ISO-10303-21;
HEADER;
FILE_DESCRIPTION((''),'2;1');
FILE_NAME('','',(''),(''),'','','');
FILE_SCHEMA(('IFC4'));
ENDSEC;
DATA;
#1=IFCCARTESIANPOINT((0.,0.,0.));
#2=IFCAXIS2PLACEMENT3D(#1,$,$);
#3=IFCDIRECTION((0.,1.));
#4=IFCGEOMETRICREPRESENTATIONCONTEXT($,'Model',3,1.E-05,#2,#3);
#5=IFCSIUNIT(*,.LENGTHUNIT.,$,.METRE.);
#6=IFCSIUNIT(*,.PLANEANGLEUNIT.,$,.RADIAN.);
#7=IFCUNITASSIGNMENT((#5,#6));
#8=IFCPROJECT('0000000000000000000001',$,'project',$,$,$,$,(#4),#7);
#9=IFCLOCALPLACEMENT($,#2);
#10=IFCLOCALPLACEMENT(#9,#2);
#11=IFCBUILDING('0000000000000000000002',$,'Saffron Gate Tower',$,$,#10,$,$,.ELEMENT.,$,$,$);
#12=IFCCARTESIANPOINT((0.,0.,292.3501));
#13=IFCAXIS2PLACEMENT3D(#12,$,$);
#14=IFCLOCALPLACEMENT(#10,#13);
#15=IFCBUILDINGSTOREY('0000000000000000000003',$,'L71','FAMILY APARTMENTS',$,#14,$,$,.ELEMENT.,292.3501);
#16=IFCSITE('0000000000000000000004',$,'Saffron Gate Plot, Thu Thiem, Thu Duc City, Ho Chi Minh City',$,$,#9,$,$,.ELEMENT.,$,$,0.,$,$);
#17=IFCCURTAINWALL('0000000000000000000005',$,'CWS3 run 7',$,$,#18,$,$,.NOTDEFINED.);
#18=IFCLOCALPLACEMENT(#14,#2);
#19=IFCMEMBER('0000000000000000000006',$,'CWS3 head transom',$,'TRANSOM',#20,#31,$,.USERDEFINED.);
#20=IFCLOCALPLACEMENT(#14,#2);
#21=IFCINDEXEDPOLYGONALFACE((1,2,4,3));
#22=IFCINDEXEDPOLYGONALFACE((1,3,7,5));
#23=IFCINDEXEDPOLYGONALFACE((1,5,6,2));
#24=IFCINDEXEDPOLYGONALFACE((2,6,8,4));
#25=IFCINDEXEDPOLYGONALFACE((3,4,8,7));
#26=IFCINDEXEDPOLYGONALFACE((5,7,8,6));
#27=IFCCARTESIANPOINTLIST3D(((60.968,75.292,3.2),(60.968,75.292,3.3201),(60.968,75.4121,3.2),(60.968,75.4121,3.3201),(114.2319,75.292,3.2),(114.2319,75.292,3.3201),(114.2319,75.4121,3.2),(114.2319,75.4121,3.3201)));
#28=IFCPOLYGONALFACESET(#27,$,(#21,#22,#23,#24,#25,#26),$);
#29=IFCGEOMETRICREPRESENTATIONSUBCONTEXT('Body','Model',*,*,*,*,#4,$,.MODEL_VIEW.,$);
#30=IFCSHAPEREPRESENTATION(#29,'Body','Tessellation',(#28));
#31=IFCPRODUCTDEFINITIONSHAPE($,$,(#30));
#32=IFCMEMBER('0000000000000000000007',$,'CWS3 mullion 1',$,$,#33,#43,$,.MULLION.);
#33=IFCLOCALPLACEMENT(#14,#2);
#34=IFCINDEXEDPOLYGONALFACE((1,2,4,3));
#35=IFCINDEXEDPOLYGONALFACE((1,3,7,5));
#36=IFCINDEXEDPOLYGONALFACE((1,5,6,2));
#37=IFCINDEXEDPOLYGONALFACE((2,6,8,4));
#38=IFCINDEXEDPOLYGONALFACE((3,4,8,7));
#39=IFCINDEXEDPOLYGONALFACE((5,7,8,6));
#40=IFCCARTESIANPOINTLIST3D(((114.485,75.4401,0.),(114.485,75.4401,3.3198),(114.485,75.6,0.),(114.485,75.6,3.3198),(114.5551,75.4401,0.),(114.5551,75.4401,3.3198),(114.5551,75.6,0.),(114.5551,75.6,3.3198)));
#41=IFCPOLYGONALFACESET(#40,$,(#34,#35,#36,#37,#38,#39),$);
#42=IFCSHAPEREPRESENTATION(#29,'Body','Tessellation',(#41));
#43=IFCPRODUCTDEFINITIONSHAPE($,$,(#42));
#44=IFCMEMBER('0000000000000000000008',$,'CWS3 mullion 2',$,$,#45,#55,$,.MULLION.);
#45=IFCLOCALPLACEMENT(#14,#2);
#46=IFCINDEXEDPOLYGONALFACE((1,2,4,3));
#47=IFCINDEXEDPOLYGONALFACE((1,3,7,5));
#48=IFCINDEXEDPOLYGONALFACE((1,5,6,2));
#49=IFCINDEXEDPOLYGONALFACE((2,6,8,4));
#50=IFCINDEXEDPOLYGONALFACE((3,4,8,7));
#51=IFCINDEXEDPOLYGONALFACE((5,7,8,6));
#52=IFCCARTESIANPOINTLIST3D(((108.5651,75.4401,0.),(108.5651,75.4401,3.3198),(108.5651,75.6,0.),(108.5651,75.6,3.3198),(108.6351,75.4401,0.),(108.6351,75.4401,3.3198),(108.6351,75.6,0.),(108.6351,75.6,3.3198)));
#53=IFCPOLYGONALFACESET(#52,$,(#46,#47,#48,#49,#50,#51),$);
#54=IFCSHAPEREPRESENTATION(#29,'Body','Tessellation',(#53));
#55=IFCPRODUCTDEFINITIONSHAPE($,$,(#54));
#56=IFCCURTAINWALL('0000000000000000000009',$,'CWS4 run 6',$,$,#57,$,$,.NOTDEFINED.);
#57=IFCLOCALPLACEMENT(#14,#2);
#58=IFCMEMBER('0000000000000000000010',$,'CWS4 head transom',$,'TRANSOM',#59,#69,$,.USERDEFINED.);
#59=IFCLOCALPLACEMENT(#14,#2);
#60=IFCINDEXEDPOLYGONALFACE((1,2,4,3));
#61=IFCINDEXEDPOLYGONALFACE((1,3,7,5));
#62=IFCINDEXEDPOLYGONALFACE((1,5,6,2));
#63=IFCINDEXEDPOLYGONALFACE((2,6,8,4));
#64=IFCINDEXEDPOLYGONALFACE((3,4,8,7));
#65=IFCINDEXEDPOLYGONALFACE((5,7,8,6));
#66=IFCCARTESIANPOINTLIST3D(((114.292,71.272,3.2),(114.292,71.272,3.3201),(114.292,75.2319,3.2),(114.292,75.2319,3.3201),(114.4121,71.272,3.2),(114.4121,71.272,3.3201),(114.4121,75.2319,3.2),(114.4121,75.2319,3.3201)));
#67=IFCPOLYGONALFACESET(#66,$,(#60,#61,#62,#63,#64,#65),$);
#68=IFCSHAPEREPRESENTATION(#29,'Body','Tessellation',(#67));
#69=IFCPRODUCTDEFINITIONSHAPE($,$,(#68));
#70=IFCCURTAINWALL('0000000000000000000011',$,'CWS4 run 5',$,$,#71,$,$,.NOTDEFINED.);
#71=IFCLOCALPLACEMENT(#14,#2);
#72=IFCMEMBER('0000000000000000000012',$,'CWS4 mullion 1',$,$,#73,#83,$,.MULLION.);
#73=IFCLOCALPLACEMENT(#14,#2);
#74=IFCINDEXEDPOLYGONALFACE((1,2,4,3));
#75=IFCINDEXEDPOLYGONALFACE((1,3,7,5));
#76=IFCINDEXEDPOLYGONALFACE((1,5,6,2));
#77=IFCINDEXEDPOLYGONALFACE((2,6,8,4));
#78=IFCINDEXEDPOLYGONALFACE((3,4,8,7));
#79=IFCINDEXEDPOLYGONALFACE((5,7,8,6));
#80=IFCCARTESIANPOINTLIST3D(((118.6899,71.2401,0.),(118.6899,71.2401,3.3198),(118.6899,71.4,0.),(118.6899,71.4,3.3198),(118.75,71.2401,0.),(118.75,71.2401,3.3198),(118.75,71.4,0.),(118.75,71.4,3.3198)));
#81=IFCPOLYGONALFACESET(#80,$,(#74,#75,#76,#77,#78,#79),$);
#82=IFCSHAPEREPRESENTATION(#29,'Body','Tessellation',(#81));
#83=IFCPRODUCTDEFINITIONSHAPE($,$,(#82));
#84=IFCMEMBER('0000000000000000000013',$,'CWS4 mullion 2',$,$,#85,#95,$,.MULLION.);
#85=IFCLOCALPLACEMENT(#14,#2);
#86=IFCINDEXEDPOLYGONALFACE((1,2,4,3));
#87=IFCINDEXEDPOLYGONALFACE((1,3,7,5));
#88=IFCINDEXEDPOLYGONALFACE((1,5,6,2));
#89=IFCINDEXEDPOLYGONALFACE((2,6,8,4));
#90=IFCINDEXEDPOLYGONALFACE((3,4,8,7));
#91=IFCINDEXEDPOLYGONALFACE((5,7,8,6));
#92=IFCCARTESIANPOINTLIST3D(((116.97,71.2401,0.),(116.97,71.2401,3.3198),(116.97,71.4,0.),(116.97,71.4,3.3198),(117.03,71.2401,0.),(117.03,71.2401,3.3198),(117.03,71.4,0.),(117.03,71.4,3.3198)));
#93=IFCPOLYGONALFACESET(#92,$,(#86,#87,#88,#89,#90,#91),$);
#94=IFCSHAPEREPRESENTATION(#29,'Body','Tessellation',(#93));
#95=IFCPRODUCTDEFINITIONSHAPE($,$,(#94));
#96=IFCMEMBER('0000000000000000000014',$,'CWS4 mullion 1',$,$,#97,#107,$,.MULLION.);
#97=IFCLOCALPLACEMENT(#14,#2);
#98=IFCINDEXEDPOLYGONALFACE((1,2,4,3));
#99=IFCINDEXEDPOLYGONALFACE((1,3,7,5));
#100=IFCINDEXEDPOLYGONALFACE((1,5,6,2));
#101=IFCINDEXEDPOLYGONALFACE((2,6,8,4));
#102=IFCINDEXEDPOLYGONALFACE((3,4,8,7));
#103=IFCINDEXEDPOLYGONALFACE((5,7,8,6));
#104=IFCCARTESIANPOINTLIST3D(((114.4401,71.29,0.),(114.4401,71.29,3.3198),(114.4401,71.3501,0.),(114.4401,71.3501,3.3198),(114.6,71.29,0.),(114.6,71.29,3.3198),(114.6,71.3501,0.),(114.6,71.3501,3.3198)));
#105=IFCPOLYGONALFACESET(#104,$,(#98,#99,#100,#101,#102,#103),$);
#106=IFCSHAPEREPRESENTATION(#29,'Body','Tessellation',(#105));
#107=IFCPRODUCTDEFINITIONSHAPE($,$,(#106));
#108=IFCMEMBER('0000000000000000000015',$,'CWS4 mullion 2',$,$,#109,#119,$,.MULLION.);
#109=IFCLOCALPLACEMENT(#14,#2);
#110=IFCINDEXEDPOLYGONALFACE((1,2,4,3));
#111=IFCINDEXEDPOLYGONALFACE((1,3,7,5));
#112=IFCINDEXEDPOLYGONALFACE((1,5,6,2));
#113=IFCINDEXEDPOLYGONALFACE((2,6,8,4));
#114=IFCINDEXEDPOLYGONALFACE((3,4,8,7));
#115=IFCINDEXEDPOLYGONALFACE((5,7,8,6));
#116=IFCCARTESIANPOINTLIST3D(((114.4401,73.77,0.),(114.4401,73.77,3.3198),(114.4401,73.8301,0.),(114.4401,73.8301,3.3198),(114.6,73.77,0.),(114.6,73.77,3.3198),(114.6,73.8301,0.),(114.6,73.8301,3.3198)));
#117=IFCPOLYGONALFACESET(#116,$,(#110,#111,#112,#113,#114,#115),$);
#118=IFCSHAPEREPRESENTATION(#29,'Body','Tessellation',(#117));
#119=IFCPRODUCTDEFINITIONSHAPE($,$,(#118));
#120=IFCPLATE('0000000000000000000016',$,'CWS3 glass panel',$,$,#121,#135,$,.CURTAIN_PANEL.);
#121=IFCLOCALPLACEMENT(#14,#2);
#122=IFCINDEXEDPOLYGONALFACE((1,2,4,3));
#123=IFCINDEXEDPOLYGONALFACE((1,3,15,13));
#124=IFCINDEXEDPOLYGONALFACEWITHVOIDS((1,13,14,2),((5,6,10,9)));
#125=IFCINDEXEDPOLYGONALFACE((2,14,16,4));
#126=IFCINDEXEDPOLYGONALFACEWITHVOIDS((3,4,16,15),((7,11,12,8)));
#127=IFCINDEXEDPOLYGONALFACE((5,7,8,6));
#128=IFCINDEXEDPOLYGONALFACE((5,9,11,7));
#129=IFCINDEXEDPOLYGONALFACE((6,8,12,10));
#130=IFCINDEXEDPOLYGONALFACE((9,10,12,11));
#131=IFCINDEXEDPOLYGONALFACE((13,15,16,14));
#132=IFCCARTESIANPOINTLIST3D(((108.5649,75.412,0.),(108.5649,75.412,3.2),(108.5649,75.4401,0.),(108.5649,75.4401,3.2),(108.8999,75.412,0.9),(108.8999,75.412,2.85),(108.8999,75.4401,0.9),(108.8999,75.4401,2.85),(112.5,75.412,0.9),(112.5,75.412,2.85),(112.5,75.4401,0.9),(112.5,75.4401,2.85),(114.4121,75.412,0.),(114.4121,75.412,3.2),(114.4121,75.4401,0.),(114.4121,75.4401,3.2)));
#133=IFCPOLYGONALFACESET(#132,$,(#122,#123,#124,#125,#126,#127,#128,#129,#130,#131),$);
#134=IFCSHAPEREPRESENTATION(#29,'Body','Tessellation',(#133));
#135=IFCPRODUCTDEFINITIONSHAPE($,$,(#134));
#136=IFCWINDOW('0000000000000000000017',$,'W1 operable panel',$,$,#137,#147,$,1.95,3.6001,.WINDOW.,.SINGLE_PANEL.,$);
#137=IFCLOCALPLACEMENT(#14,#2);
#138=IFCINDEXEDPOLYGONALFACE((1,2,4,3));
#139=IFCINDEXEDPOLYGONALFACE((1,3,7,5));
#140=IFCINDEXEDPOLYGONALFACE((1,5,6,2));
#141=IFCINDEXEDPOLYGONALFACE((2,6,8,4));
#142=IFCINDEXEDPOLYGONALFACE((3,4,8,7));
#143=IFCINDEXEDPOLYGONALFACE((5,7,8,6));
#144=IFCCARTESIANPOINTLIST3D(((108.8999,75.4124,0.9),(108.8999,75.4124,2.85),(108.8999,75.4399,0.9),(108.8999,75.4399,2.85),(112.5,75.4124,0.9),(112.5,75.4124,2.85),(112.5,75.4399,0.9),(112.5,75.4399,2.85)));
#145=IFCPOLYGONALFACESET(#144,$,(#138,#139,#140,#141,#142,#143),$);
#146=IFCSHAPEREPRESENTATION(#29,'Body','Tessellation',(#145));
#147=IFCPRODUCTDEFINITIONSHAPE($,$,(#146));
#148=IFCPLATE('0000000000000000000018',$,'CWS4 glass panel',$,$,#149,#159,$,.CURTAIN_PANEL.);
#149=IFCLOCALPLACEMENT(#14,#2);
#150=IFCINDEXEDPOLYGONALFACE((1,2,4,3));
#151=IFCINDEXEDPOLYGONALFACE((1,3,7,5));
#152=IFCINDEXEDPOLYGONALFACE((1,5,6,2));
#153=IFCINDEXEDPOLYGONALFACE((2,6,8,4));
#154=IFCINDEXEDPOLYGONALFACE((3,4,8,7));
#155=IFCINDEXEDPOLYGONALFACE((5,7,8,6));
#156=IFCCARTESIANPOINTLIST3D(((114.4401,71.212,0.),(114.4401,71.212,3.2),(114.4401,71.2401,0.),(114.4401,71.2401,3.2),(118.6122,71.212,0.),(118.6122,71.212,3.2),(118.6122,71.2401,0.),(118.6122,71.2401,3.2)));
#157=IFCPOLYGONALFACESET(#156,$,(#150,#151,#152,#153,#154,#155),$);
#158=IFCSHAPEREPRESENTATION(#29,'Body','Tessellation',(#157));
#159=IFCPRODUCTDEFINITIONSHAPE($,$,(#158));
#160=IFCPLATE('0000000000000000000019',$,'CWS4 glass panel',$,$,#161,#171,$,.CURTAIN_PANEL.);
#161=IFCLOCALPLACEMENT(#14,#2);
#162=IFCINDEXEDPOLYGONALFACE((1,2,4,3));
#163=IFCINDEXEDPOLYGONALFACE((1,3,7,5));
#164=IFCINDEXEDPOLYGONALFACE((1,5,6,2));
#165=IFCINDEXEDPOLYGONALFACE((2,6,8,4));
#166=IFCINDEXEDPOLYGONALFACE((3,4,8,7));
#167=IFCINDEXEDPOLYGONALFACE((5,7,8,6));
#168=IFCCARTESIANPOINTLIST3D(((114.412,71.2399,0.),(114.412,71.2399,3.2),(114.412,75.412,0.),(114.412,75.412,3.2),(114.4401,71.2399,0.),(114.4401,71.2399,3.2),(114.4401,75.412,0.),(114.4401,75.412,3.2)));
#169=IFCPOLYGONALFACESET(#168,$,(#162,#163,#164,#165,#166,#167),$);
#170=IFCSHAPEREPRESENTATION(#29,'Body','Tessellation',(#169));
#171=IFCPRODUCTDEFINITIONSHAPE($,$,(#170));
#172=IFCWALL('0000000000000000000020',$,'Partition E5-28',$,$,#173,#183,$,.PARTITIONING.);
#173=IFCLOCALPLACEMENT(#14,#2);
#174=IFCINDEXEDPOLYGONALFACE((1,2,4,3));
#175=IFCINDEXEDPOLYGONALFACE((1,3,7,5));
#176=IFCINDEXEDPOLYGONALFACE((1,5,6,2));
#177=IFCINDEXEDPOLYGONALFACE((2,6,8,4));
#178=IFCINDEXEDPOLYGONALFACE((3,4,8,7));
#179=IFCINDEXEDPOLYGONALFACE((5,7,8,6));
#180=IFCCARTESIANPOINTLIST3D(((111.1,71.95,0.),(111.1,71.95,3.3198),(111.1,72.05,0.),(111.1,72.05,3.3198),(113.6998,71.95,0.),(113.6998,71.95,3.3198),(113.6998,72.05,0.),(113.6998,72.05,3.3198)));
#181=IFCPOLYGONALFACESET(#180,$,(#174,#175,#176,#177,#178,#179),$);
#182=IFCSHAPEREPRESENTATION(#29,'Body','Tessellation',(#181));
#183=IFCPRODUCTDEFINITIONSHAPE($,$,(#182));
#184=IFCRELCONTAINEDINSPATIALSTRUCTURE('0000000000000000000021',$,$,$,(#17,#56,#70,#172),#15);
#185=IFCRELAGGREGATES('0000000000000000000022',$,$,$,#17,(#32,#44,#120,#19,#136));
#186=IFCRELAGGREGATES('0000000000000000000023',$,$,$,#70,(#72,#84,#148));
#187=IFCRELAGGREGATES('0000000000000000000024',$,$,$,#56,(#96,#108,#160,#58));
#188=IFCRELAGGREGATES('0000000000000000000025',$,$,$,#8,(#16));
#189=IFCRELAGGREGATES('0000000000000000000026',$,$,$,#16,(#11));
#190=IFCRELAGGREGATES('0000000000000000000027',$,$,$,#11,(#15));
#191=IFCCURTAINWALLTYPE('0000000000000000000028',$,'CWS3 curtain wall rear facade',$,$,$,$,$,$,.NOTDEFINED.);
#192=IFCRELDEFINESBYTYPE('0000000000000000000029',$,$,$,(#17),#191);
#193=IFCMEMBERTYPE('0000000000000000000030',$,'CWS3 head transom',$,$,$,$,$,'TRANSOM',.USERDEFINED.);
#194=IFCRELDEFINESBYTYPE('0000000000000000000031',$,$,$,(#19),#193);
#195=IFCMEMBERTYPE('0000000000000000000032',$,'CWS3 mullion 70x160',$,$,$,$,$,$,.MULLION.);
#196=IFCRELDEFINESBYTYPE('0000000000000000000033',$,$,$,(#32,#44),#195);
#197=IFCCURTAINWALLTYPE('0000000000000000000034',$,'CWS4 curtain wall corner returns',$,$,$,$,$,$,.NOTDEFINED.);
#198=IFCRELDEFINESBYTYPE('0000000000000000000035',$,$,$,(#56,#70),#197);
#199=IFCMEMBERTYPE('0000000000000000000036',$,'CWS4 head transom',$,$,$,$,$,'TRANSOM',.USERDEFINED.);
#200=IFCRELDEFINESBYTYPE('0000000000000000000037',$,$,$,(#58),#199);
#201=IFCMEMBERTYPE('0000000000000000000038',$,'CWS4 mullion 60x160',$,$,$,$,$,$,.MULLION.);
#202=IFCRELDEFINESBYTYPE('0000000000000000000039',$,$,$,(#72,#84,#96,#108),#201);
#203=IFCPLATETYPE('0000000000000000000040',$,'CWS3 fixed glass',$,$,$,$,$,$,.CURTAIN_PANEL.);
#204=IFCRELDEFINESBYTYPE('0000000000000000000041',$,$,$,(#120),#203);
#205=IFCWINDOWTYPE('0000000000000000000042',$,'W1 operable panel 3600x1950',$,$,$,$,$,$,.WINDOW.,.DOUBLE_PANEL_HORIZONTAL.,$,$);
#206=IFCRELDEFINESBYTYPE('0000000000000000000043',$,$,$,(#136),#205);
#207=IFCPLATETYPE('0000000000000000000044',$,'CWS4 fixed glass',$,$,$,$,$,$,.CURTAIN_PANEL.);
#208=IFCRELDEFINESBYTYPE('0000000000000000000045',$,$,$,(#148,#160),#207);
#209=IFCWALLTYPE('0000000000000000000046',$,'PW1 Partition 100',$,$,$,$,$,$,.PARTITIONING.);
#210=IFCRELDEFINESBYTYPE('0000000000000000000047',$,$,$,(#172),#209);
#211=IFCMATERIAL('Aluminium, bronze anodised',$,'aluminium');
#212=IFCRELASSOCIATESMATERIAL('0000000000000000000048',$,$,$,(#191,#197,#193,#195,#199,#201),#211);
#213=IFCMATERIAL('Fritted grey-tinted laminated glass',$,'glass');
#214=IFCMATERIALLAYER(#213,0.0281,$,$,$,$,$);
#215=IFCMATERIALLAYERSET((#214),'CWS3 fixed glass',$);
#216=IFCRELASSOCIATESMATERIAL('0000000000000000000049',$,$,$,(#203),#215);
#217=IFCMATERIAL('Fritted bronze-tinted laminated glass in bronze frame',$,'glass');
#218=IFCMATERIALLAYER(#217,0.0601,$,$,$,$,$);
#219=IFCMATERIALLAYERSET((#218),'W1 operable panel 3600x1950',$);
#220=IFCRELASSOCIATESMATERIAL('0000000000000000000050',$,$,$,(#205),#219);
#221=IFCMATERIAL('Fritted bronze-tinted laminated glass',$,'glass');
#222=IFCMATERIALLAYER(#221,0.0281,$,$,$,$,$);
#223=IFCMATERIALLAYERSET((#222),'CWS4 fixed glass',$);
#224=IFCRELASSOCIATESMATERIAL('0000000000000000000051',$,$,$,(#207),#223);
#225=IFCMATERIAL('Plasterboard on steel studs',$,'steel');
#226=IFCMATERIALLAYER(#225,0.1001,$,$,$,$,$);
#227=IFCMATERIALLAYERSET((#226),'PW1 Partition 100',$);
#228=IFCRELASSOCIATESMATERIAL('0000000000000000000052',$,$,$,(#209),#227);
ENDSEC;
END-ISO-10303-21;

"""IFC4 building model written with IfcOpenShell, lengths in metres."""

from ifc_helpers import new_model, si_unit, direction, frame, frame_2d, origin, origin_2d, place, context, subcontext, project, spatial, rectangle, extrude, material, layer, layer_set, material_profile, profile_set, type_object, element, fill, aggregate, save


model = new_model("IFC4")

# Units and contexts
model_context = context("Model", 3, precision=1e-05, world=origin(), true_north=direction((0.0, 1.0)))
body_context = subcontext(model_context, "Body", "Model", "MODEL_VIEW")
ifc_project = project(units=[si_unit("LENGTHUNIT", "METRE"), si_unit("PLANEANGLEUNIT", "RADIAN")], contexts=[model_context])

# Site, building, storey
site_placement = place(None, origin())
site = spatial("IfcSite", under=ifc_project, at=site_placement, Name="Saffron Gate Plot, Thu Thiem, Thu Duc City, Ho Chi Minh City", CompositionType="ELEMENT", RefElevation=0.0)
building_placement = place(site_placement, origin())
building = spatial("IfcBuilding", under=site, at=building_placement, Name="Saffron Gate Tower", CompositionType="ELEMENT")
storey_placement = place(building_placement, frame((0.0, 0.0, 292.3501)))
storey = spatial("IfcBuildingStorey", under=building, at=storey_placement, Name="L71", Description="FAMILY APARTMENTS", CompositionType="ELEMENT", Elevation=292.3501)

# Curtain wall, members
ifc_material_1 = material(Name="Aluminium, bronze anodised", Category="aluminium")
curtain_wall_type_1 = type_object("IfcCurtainWallType", Name="CWS3 curtain wall rear facade", PredefinedType="NOTDEFINED", material=ifc_material_1)
curtain_wall_1_placement = place(storey_placement, origin())
curtain_wall_1 = element("IfcCurtainWall", 1, at=curtain_wall_1_placement, inside=storey, type_object=curtain_wall_type_1, Name="CWS3 run 7", PredefinedType="NOTDEFINED")
ifc_material_profile_1 = material_profile(ifc_material_1, rectangle(XDim=0.1201, YDim=0.1201, at=origin_2d()))
ifc_profile_set_1 = profile_set([ifc_material_profile_1], Name="Aluminium, bronze anodised")
member_type_1 = type_object("IfcMemberType", Name="CWS3 head transom", ElementType="TRANSOM", PredefinedType="USERDEFINED", material=ifc_profile_set_1)
member_1_placement = place(storey_placement, frame((114.2319, 75.3521, 3.26), z_axis=(-1.0, 0.0, 0.0), x_axis=(0.0, -1.0, 0.0)))
member_1 = element("IfcMember", 2, at=member_1_placement, type_object=member_type_1, Name="CWS3 head transom", ObjectType="TRANSOM", PredefinedType="USERDEFINED", context=body_context, shape_type="SweptSolid", body=[
    extrude(rectangle(XDim=0.1201, YDim=0.1201, at=origin_2d()), origin(), (0.0, 0.0, 1.0), 53.2639),
])
ifc_material_profile_2 = material_profile(ifc_material_1, rectangle(XDim=0.1599, YDim=0.0701, at=origin_2d()))
ifc_profile_set_2 = profile_set([ifc_material_profile_2], Name="Aluminium, bronze anodised")
member_type_2 = type_object("IfcMemberType", Name="CWS3 mullion 70x160", PredefinedType="MULLION", material=ifc_profile_set_2)
member_2_placement = place(storey_placement, frame((114.52, 75.52, 0.0), z_axis=(0.0, 0.0, 1.0), x_axis=(0.0, -1.0, 0.0)))
member_2 = element("IfcMember", 3, at=member_2_placement, type_object=member_type_2, Name="CWS3 mullion 1", PredefinedType="MULLION", context=body_context, shape_type="SweptSolid", body=[
    extrude(rectangle(XDim=0.1599, YDim=0.0701, at=origin_2d()), origin(), (0.0, 0.0, 1.0), 3.3198),
])
member_3_placement = place(storey_placement, frame((108.6001, 75.52, 0.0), z_axis=(0.0, 0.0, 1.0), x_axis=(0.0, -1.0, 0.0)))
member_3 = element("IfcMember", 4, at=member_3_placement, type_object=member_type_2, Name="CWS3 mullion 2", PredefinedType="MULLION", context=body_context, shape_type="SweptSolid", body=[
    extrude(rectangle(XDim=0.1599, YDim=0.0701, at=origin_2d()), origin(), (0.0, 0.0, 1.0), 3.3198),
])

# Curtain wall, member
curtain_wall_type_2 = type_object("IfcCurtainWallType", Name="CWS4 curtain wall corner returns", PredefinedType="NOTDEFINED", material=ifc_material_1)
curtain_wall_2_placement = place(storey_placement, origin())
curtain_wall_2 = element("IfcCurtainWall", 5, at=curtain_wall_2_placement, inside=storey, type_object=curtain_wall_type_2, Name="CWS4 run 6", PredefinedType="NOTDEFINED")
ifc_material_profile_3 = material_profile(ifc_material_1, rectangle(XDim=0.1201, YDim=0.1201, at=origin_2d()))
ifc_profile_set_3 = profile_set([ifc_material_profile_3], Name="Aluminium, bronze anodised")
member_type_3 = type_object("IfcMemberType", Name="CWS4 head transom", ElementType="TRANSOM", PredefinedType="USERDEFINED", material=ifc_profile_set_3)
member_4_placement = place(storey_placement, frame((114.3521, 71.272, 3.26), z_axis=(0.0, 1.0, 0.0), x_axis=(-1.0, 0.0, 0.0)))
member_4 = element("IfcMember", 6, at=member_4_placement, type_object=member_type_3, Name="CWS4 head transom", ObjectType="TRANSOM", PredefinedType="USERDEFINED", context=body_context, shape_type="SweptSolid", body=[
    extrude(rectangle(XDim=0.1201, YDim=0.1201, at=origin_2d()), origin(), (0.0, 0.0, 1.0), 3.96),
])

# Curtain wall, members
curtain_wall_3_placement = place(storey_placement, origin())
curtain_wall_3 = element("IfcCurtainWall", 7, at=curtain_wall_3_placement, inside=storey, type_object=curtain_wall_type_2, Name="CWS4 run 5", PredefinedType="NOTDEFINED")
ifc_material_profile_4 = material_profile(ifc_material_1, rectangle(XDim=0.1599, YDim=0.0601, at=origin_2d()))
ifc_profile_set_4 = profile_set([ifc_material_profile_4], Name="Aluminium, bronze anodised")
member_type_4 = type_object("IfcMemberType", Name="CWS4 mullion 60x160", PredefinedType="MULLION", material=ifc_profile_set_4)
member_5_placement = place(storey_placement, frame((118.72, 71.3201, 0.0), z_axis=(0.0, 0.0, 1.0), x_axis=(0.0, -1.0, 0.0)))
member_5 = element("IfcMember", 8, at=member_5_placement, type_object=member_type_4, Name="CWS4 mullion 1", PredefinedType="MULLION", context=body_context, shape_type="SweptSolid", body=[
    extrude(rectangle(XDim=0.1599, YDim=0.0601, at=origin_2d()), origin(), (0.0, 0.0, 1.0), 3.3198),
])
member_6_placement = place(storey_placement, frame((117.0, 71.3201, 0.0), z_axis=(0.0, 0.0, 1.0), x_axis=(0.0, -1.0, 0.0)))
member_6 = element("IfcMember", 9, at=member_6_placement, type_object=member_type_4, Name="CWS4 mullion 2", PredefinedType="MULLION", context=body_context, shape_type="SweptSolid", body=[
    extrude(rectangle(XDim=0.1599, YDim=0.0601, at=origin_2d()), origin(), (0.0, 0.0, 1.0), 3.3198),
])

# Members
member_7_placement = place(storey_placement, frame((114.52, 71.3201, 0.0), z_axis=(0.0, 0.0, 1.0), x_axis=(-1.0, 0.0, 0.0)))
member_7 = element("IfcMember", 10, at=member_7_placement, type_object=member_type_4, Name="CWS4 mullion 1", PredefinedType="MULLION", context=body_context, shape_type="SweptSolid", body=[
    extrude(rectangle(XDim=0.1599, YDim=0.0601, at=origin_2d()), origin(), (0.0, 0.0, 1.0), 3.3198),
])
member_8_placement = place(storey_placement, frame((114.52, 73.8, 0.0), z_axis=(0.0, 0.0, 1.0), x_axis=(-1.0, 0.0, 0.0)))
member_8 = element("IfcMember", 11, at=member_8_placement, type_object=member_type_4, Name="CWS4 mullion 2", PredefinedType="MULLION", context=body_context, shape_type="SweptSolid", body=[
    extrude(rectangle(XDim=0.1599, YDim=0.0601, at=origin_2d()), origin(), (0.0, 0.0, 1.0), 3.3198),
])

# Plate, opening, window
ifc_material_2 = material(Name="Fritted grey-tinted laminated glass", Category="glass")
ifc_layer_1 = layer(ifc_material_2, 0.0281)
ifc_layer_set_1 = layer_set([ifc_layer_1], Name="CWS3 fixed glass")
plate_type_1 = type_object("IfcPlateType", Name="CWS3 fixed glass", PredefinedType="CURTAIN_PANEL", material=ifc_layer_set_1)
plate_1_placement = place(storey_placement, frame((114.4121, 75.426, 0.0), z_axis=(0.0, 0.0, 1.0), x_axis=(-1.0, 0.0, 0.0)))
plate_1 = element("IfcPlate", 12, at=plate_1_placement, type_object=plate_type_1, Name="CWS3 glass panel", PredefinedType="CURTAIN_PANEL", context=body_context, shape_type="SweptSolid", body=[
    extrude(rectangle(XDim=5.8472, YDim=0.0281, at=frame_2d((2.9236, 0.0))), origin(), (0.0, 0.0, 1.0), 3.2),
])
opening_1_placement = place(plate_1_placement, frame((1.9121, 0.0, 0.8999)))
opening_1 = element("IfcOpeningElement", 13, at=opening_1_placement, cuts=plate_1, PredefinedType="OPENING", context=body_context, shape_type="SweptSolid", body=[
    extrude(rectangle(XDim=3.6001, YDim=1.95, at=frame_2d((1.8, 0.9751))), frame((0.0, 0.0239, 0.0), z_axis=(0.0, -1.0, 0.0), x_axis=(1.0, 0.0, 0.0)), (0.0, 0.0, 1.0), 0.0481),
])
ifc_material_3 = material(Name="Fritted bronze-tinted laminated glass in bronze frame", Category="glass")
ifc_layer_2 = layer(ifc_material_3, 0.0601)
ifc_layer_set_2 = layer_set([ifc_layer_2], Name="W1 operable panel 3600x1950")
window_type = type_object("IfcWindowType", Name="W1 operable panel 3600x1950", PartitioningType="DOUBLE_PANEL_HORIZONTAL", PredefinedType="WINDOW", material=ifc_layer_set_2)
window_placement = place(opening_1_placement, origin())
window = element("IfcWindow", 14, at=window_placement, type_object=window_type, Name="W1 operable panel", OverallHeight=1.95, OverallWidth=3.6001, PartitioningType="SINGLE_PANEL", PredefinedType="WINDOW", context=body_context, shape_type="SweptSolid", body=[
    extrude(rectangle(XDim=3.6001, YDim=1.95, at=frame_2d((1.8, 0.9751))), frame((0.0, 0.0137, 0.0), z_axis=(0.0, -1.0, 0.0), x_axis=(1.0, 0.0, 0.0)), (0.0, 0.0, 1.0), 0.0276),
])
fill(opening_1, window)
aggregate(curtain_wall_1, [member_2, member_3, plate_1, member_1, window])

# Plates
ifc_material_4 = material(Name="Fritted bronze-tinted laminated glass", Category="glass")
ifc_layer_3 = layer(ifc_material_4, 0.0281)
ifc_layer_set_3 = layer_set([ifc_layer_3], Name="CWS4 fixed glass")
plate_type_2 = type_object("IfcPlateType", Name="CWS4 fixed glass", PredefinedType="CURTAIN_PANEL", material=ifc_layer_set_3)
plate_2_placement = place(storey_placement, frame((118.6121, 71.2261, 0.0), z_axis=(0.0, 0.0, 1.0), x_axis=(-1.0, 0.0, 0.0)))
plate_2 = element("IfcPlate", 15, at=plate_2_placement, type_object=plate_type_2, Name="CWS4 glass panel", PredefinedType="CURTAIN_PANEL", context=body_context, shape_type="SweptSolid", body=[
    extrude(rectangle(XDim=4.1721, YDim=0.0281, at=frame_2d((2.0859, 0.0))), origin(), (0.0, 0.0, 1.0), 3.2),
])
aggregate(curtain_wall_3, [member_5, member_6, plate_2])
plate_3_placement = place(storey_placement, frame((114.426, 71.24, 0.0), z_axis=(0.0, 0.0, 1.0), x_axis=(0.0, 1.0, 0.0)))
plate_3 = element("IfcPlate", 16, at=plate_3_placement, type_object=plate_type_2, Name="CWS4 glass panel", PredefinedType="CURTAIN_PANEL", context=body_context, shape_type="SweptSolid", body=[
    extrude(rectangle(XDim=4.1721, YDim=0.0281, at=frame_2d((2.0859, 0.0))), origin(), (0.0, 0.0, 1.0), 3.2),
])
aggregate(curtain_wall_2, [member_7, member_8, plate_3, member_4])

# Wall
ifc_material_5 = material(Name="Plasterboard on steel studs", Category="steel")
ifc_layer_4 = layer(ifc_material_5, 0.1001)
ifc_layer_set_4 = layer_set([ifc_layer_4], Name="PW1 Partition 100")
wall_type_1 = type_object("IfcWallType", Name="PW1 Partition 100", PredefinedType="PARTITIONING", material=ifc_layer_set_4)
wall_1_placement = place(storey_placement, frame((111.1001, 72.0, 0.0), z_axis=(0.0, 0.0, 1.0), x_axis=(1.0, 0.0, 0.0)))
element("IfcWall", 17, at=wall_1_placement, inside=storey, type_object=wall_type_1, Name="Partition E5-28", PredefinedType="PARTITIONING", context=body_context, shape_type="SweptSolid", body=[
    extrude(rectangle(XDim=2.5999, YDim=0.1001, at=frame_2d((1.2998, 0.0))), origin(), (0.0, 0.0, 1.0), 3.3198),
])

save(model, "model.ifc")
